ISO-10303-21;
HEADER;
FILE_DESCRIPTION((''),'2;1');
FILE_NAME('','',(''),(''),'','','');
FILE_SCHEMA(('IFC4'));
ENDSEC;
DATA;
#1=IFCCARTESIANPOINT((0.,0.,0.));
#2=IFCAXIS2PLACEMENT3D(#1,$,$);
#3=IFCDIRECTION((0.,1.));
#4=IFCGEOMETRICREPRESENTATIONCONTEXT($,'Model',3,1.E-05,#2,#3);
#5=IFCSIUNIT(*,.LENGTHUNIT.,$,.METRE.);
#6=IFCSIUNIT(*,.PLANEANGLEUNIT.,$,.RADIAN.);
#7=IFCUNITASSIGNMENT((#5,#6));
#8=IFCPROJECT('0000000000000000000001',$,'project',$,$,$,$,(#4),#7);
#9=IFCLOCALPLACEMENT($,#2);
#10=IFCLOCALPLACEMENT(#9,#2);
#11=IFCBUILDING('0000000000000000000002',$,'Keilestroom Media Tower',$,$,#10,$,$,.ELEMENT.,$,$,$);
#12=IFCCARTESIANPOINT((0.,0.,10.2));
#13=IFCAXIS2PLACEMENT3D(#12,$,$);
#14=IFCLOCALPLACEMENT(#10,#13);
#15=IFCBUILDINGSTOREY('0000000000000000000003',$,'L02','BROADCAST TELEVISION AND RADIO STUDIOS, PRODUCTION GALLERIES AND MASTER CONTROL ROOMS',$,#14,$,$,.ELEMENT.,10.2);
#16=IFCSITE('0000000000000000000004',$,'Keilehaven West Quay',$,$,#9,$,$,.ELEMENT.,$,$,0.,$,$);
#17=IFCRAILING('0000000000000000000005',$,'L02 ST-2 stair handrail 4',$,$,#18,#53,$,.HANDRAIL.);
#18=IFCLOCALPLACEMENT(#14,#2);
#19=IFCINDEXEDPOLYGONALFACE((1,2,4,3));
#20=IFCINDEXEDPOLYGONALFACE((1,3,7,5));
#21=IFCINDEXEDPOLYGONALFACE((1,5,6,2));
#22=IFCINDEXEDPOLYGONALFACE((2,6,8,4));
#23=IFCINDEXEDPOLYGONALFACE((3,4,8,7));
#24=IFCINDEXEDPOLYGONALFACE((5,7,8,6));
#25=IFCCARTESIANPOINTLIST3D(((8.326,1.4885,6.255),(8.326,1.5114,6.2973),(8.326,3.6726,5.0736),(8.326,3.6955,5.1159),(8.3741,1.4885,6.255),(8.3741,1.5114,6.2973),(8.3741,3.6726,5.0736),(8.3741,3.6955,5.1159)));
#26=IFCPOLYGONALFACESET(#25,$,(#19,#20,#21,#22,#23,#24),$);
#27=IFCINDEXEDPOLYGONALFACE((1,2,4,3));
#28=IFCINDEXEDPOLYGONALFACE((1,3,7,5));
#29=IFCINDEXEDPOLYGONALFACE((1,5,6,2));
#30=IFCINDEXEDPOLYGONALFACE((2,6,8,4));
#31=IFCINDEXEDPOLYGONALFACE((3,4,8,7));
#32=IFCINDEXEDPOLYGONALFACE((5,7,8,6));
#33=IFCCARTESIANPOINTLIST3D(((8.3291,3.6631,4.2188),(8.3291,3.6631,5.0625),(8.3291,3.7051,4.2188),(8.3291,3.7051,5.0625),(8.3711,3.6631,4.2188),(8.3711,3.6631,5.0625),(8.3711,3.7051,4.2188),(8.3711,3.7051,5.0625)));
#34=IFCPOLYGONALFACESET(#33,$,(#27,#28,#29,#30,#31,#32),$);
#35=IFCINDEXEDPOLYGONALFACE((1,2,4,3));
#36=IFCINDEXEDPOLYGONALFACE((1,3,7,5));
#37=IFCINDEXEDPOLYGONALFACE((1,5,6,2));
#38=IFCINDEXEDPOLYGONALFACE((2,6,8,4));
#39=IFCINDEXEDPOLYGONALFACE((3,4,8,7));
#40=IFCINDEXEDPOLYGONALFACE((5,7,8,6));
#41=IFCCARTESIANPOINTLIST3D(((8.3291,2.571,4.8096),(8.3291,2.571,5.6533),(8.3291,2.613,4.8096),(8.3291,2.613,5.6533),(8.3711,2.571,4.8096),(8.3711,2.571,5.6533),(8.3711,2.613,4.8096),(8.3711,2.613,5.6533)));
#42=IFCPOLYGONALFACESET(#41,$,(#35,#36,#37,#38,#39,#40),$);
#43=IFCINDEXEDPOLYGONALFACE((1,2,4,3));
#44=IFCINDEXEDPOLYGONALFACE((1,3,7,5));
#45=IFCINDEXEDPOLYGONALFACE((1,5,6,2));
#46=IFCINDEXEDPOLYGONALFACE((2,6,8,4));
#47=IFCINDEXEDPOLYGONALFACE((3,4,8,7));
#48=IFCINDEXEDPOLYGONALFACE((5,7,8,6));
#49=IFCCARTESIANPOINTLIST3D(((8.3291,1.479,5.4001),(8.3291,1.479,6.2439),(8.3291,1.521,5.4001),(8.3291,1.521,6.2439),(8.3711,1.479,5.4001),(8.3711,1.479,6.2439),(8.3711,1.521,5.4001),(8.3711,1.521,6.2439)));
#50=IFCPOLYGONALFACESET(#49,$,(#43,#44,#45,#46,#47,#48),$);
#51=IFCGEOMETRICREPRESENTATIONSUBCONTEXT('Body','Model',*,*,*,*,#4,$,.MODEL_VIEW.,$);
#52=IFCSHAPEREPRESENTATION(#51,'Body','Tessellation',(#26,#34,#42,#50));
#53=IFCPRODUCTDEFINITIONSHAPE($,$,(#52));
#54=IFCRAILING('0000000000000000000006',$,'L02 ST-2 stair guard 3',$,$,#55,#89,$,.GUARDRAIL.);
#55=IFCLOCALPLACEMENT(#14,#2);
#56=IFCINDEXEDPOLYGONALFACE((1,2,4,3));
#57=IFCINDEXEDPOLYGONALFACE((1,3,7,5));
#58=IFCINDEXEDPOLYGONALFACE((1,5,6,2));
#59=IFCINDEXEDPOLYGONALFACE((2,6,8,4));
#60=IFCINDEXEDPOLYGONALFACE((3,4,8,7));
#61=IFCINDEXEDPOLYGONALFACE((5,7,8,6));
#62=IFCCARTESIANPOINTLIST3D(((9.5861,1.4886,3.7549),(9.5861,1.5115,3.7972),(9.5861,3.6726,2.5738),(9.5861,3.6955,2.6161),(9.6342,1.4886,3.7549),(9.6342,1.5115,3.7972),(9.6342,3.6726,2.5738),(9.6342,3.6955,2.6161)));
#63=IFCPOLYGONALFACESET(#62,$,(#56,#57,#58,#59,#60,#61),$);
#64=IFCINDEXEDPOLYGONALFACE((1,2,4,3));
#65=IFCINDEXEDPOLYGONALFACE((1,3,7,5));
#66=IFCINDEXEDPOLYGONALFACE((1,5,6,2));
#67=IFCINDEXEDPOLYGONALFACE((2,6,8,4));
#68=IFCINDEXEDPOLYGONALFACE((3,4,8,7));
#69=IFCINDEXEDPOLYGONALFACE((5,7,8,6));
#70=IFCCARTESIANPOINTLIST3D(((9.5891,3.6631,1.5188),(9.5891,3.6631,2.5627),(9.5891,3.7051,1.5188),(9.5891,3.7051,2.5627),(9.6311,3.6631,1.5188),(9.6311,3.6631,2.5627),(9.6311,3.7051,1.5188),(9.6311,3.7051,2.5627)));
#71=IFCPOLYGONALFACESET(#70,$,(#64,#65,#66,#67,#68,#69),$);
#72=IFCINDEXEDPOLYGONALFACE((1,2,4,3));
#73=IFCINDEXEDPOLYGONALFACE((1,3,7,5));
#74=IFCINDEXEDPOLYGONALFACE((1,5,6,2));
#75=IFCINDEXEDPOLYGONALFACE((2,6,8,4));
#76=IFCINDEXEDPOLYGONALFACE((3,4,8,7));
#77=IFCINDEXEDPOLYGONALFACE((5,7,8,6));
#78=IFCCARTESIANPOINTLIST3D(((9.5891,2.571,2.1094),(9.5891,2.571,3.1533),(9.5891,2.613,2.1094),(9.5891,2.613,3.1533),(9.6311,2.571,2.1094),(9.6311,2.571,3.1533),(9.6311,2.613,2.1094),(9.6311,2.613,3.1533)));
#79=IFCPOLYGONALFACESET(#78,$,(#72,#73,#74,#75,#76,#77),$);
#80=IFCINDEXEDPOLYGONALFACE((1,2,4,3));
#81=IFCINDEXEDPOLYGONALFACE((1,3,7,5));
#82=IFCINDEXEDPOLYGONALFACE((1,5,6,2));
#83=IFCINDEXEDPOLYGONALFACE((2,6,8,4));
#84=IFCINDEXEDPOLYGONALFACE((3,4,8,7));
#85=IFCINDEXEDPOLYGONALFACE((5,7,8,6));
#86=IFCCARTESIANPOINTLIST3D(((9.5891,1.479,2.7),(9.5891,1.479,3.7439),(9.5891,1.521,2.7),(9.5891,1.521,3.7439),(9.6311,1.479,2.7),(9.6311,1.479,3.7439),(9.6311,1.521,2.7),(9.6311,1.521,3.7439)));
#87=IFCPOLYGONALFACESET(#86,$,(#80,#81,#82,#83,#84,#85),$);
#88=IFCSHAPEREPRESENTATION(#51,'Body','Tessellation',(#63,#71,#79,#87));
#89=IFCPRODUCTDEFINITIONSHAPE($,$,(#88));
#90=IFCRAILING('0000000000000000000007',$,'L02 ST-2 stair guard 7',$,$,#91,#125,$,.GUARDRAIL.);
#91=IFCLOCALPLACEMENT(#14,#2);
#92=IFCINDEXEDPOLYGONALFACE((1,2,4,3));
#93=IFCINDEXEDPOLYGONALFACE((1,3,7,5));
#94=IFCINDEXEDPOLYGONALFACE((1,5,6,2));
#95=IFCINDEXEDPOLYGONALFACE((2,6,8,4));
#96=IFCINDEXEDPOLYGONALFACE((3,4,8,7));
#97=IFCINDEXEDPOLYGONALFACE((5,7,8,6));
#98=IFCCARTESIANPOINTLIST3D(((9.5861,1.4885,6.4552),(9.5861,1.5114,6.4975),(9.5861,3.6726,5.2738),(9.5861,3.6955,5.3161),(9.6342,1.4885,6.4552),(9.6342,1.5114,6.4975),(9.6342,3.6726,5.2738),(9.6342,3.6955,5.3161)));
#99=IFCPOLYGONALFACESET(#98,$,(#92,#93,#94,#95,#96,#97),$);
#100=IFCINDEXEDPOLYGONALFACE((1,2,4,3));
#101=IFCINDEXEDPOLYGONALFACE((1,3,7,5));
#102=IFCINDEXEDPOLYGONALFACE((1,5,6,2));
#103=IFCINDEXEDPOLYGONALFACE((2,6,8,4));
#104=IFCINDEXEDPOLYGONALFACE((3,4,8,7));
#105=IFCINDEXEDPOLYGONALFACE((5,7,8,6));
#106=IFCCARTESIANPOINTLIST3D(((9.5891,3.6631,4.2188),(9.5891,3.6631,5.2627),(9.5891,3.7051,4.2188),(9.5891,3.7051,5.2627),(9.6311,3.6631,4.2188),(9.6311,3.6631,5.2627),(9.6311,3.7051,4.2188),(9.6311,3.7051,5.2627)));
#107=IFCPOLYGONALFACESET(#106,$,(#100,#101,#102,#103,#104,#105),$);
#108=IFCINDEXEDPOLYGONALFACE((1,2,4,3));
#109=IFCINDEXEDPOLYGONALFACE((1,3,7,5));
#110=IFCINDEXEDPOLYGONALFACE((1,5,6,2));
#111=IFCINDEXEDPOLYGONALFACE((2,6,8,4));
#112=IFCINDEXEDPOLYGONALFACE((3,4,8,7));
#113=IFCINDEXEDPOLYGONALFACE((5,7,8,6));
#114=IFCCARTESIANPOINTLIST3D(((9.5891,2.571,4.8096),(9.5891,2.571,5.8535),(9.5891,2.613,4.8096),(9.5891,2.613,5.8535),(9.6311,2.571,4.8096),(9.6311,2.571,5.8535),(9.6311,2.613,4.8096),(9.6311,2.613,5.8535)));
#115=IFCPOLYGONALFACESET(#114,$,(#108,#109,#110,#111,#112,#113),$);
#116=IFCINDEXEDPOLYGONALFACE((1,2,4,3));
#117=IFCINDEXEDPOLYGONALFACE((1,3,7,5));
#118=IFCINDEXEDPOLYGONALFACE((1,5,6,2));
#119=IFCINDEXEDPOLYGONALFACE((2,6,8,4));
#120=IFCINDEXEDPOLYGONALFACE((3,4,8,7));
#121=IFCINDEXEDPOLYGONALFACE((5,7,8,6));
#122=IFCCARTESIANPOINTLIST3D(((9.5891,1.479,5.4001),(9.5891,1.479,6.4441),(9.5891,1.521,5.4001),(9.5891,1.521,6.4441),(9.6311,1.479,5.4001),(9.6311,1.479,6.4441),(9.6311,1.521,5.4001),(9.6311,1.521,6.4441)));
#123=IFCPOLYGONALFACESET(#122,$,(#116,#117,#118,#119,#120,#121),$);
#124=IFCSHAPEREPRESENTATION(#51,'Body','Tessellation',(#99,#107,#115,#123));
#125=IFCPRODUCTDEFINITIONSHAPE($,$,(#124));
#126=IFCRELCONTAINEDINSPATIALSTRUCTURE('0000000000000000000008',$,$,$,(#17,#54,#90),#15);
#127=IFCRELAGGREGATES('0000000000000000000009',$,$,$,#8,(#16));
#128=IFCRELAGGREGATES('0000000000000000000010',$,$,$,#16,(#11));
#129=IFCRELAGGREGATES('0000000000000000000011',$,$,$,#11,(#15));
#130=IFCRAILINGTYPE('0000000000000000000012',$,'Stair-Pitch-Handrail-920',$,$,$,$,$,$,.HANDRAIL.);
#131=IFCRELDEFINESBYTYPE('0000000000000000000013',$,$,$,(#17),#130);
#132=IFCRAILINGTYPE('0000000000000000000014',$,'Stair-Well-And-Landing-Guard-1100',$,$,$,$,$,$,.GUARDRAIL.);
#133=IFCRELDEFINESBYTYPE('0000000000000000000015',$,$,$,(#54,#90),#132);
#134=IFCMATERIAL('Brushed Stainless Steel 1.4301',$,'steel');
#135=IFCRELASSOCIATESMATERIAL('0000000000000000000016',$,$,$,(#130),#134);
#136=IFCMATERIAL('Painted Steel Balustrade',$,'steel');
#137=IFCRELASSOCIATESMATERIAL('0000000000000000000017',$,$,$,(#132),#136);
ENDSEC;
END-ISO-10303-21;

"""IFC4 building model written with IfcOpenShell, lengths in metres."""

from ifc_helpers import new_model, si_unit, direction, frame, origin, origin_2d, place, context, subcontext, project, spatial, rectangle, extrude, material, type_object, element, save


model = new_model("IFC4")

# Units and contexts
model_context = context("Model", 3, precision=1e-05, world=origin(), true_north=direction((0.0, 1.0)))
body_context = subcontext(model_context, "Body", "Model", "MODEL_VIEW")
ifc_project = project(units=[si_unit("LENGTHUNIT", "METRE"), si_unit("PLANEANGLEUNIT", "RADIAN")], contexts=[model_context])

# Site, building, storey
site_placement = place(None, origin())
site = spatial("IfcSite", under=ifc_project, at=site_placement, Name="Keilehaven West Quay", CompositionType="ELEMENT", RefElevation=0.0)
building_placement = place(site_placement, origin())
building = spatial("IfcBuilding", under=site, at=building_placement, Name="Keilestroom Media Tower", CompositionType="ELEMENT")
storey_placement = place(building_placement, frame((0.0, 0.0, 10.2)))
storey = spatial("IfcBuildingStorey", under=building, at=storey_placement, Name="L02", Description="BROADCAST TELEVISION AND RADIO STUDIOS, PRODUCTION GALLERIES AND MASTER CONTROL ROOMS", CompositionType="ELEMENT", Elevation=10.2)

# Railings
ifc_material_1 = material(Name="Brushed Stainless Steel 1.4301", Category="steel")
railing_type_1 = type_object("IfcRailingType", Name="Stair-Pitch-Handrail-920", PredefinedType="HANDRAIL", material=ifc_material_1)
railing_1_placement = place(storey_placement, frame((8.3501, 3.6841, 4.2188)))
element("IfcRailing", 1, at=railing_1_placement, inside=storey, type_object=railing_type_1, Name="L02 ST-2 stair handrail 4", PredefinedType="HANDRAIL", context=body_context, shape_type="SweptSolid", body=[
    extrude(rectangle(XDim=0.0481, YDim=0.0481, at=origin_2d()), frame((0.0, 0.0, 0.876), z_axis=(0.0, -0.87957, 0.47577), x_axis=(1.0, 0.0, 0.0)), (0.0, 0.0, 1.0), 2.4832),
    extrude(rectangle(XDim=0.042, YDim=0.042, at=origin_2d()), origin(), (0.0, 0.0, 1.0), 0.8438),
    extrude(rectangle(XDim=0.042, YDim=0.042, at=origin_2d()), frame((0.0, -1.092, 0.5908)), (0.0, 0.0, 1.0), 0.8438),
    extrude(rectangle(XDim=0.042, YDim=0.042, at=origin_2d()), frame((0.0, -2.1841, 1.1814)), (0.0, 0.0, 1.0), 0.8438),
])
ifc_material_2 = material(Name="Painted Steel Balustrade", Category="steel")
railing_type_2 = type_object("IfcRailingType", Name="Stair-Well-And-Landing-Guard-1100", PredefinedType="GUARDRAIL", material=ifc_material_2)
railing_2_placement = place(storey_placement, frame((9.6101, 3.6841, 1.5188)))
element("IfcRailing", 2, at=railing_2_placement, inside=storey, type_object=railing_type_2, Name="L02 ST-2 stair guard 3", PredefinedType="GUARDRAIL", context=body_context, shape_type="SweptSolid", body=[
    extrude(rectangle(XDim=0.0481, YDim=0.0481, at=origin_2d()), frame((0.0, 0.0, 1.0762), z_axis=(0.0, -0.879611, 0.475694), x_axis=(1.0, 0.0, 0.0)), (0.0, 0.0, 1.0), 2.4829),
    extrude(rectangle(XDim=0.042, YDim=0.042, at=origin_2d()), origin(), (0.0, 0.0, 1.0), 1.0439),
    extrude(rectangle(XDim=0.042, YDim=0.042, at=origin_2d()), frame((0.0, -1.092, 0.5906)), (0.0, 0.0, 1.0), 1.0439),
    extrude(rectangle(XDim=0.042, YDim=0.042, at=origin_2d()), frame((0.0, -2.1841, 1.1812)), (0.0, 0.0, 1.0), 1.0439),
])
railing_3_placement = place(storey_placement, frame((9.6101, 3.6841, 4.2188)))
element("IfcRailing", 3, at=railing_3_placement, inside=storey, type_object=railing_type_2, Name="L02 ST-2 stair guard 7", PredefinedType="GUARDRAIL", context=body_context, shape_type="SweptSolid", body=[
    extrude(rectangle(XDim=0.0481, YDim=0.0481, at=origin_2d()), frame((0.0, 0.0, 1.0762), z_axis=(0.0, -0.87957, 0.47577), x_axis=(1.0, 0.0, 0.0)), (0.0, 0.0, 1.0), 2.4832),
    extrude(rectangle(XDim=0.042, YDim=0.042, at=origin_2d()), origin(), (0.0, 0.0, 1.0), 1.0439),
    extrude(rectangle(XDim=0.042, YDim=0.042, at=origin_2d()), frame((0.0, -1.092, 0.5908)), (0.0, 0.0, 1.0), 1.0439),
    extrude(rectangle(XDim=0.042, YDim=0.042, at=origin_2d()), frame((0.0, -2.1841, 1.1814)), (0.0, 0.0, 1.0), 1.0439),
])

save(model, "model.ifc")
